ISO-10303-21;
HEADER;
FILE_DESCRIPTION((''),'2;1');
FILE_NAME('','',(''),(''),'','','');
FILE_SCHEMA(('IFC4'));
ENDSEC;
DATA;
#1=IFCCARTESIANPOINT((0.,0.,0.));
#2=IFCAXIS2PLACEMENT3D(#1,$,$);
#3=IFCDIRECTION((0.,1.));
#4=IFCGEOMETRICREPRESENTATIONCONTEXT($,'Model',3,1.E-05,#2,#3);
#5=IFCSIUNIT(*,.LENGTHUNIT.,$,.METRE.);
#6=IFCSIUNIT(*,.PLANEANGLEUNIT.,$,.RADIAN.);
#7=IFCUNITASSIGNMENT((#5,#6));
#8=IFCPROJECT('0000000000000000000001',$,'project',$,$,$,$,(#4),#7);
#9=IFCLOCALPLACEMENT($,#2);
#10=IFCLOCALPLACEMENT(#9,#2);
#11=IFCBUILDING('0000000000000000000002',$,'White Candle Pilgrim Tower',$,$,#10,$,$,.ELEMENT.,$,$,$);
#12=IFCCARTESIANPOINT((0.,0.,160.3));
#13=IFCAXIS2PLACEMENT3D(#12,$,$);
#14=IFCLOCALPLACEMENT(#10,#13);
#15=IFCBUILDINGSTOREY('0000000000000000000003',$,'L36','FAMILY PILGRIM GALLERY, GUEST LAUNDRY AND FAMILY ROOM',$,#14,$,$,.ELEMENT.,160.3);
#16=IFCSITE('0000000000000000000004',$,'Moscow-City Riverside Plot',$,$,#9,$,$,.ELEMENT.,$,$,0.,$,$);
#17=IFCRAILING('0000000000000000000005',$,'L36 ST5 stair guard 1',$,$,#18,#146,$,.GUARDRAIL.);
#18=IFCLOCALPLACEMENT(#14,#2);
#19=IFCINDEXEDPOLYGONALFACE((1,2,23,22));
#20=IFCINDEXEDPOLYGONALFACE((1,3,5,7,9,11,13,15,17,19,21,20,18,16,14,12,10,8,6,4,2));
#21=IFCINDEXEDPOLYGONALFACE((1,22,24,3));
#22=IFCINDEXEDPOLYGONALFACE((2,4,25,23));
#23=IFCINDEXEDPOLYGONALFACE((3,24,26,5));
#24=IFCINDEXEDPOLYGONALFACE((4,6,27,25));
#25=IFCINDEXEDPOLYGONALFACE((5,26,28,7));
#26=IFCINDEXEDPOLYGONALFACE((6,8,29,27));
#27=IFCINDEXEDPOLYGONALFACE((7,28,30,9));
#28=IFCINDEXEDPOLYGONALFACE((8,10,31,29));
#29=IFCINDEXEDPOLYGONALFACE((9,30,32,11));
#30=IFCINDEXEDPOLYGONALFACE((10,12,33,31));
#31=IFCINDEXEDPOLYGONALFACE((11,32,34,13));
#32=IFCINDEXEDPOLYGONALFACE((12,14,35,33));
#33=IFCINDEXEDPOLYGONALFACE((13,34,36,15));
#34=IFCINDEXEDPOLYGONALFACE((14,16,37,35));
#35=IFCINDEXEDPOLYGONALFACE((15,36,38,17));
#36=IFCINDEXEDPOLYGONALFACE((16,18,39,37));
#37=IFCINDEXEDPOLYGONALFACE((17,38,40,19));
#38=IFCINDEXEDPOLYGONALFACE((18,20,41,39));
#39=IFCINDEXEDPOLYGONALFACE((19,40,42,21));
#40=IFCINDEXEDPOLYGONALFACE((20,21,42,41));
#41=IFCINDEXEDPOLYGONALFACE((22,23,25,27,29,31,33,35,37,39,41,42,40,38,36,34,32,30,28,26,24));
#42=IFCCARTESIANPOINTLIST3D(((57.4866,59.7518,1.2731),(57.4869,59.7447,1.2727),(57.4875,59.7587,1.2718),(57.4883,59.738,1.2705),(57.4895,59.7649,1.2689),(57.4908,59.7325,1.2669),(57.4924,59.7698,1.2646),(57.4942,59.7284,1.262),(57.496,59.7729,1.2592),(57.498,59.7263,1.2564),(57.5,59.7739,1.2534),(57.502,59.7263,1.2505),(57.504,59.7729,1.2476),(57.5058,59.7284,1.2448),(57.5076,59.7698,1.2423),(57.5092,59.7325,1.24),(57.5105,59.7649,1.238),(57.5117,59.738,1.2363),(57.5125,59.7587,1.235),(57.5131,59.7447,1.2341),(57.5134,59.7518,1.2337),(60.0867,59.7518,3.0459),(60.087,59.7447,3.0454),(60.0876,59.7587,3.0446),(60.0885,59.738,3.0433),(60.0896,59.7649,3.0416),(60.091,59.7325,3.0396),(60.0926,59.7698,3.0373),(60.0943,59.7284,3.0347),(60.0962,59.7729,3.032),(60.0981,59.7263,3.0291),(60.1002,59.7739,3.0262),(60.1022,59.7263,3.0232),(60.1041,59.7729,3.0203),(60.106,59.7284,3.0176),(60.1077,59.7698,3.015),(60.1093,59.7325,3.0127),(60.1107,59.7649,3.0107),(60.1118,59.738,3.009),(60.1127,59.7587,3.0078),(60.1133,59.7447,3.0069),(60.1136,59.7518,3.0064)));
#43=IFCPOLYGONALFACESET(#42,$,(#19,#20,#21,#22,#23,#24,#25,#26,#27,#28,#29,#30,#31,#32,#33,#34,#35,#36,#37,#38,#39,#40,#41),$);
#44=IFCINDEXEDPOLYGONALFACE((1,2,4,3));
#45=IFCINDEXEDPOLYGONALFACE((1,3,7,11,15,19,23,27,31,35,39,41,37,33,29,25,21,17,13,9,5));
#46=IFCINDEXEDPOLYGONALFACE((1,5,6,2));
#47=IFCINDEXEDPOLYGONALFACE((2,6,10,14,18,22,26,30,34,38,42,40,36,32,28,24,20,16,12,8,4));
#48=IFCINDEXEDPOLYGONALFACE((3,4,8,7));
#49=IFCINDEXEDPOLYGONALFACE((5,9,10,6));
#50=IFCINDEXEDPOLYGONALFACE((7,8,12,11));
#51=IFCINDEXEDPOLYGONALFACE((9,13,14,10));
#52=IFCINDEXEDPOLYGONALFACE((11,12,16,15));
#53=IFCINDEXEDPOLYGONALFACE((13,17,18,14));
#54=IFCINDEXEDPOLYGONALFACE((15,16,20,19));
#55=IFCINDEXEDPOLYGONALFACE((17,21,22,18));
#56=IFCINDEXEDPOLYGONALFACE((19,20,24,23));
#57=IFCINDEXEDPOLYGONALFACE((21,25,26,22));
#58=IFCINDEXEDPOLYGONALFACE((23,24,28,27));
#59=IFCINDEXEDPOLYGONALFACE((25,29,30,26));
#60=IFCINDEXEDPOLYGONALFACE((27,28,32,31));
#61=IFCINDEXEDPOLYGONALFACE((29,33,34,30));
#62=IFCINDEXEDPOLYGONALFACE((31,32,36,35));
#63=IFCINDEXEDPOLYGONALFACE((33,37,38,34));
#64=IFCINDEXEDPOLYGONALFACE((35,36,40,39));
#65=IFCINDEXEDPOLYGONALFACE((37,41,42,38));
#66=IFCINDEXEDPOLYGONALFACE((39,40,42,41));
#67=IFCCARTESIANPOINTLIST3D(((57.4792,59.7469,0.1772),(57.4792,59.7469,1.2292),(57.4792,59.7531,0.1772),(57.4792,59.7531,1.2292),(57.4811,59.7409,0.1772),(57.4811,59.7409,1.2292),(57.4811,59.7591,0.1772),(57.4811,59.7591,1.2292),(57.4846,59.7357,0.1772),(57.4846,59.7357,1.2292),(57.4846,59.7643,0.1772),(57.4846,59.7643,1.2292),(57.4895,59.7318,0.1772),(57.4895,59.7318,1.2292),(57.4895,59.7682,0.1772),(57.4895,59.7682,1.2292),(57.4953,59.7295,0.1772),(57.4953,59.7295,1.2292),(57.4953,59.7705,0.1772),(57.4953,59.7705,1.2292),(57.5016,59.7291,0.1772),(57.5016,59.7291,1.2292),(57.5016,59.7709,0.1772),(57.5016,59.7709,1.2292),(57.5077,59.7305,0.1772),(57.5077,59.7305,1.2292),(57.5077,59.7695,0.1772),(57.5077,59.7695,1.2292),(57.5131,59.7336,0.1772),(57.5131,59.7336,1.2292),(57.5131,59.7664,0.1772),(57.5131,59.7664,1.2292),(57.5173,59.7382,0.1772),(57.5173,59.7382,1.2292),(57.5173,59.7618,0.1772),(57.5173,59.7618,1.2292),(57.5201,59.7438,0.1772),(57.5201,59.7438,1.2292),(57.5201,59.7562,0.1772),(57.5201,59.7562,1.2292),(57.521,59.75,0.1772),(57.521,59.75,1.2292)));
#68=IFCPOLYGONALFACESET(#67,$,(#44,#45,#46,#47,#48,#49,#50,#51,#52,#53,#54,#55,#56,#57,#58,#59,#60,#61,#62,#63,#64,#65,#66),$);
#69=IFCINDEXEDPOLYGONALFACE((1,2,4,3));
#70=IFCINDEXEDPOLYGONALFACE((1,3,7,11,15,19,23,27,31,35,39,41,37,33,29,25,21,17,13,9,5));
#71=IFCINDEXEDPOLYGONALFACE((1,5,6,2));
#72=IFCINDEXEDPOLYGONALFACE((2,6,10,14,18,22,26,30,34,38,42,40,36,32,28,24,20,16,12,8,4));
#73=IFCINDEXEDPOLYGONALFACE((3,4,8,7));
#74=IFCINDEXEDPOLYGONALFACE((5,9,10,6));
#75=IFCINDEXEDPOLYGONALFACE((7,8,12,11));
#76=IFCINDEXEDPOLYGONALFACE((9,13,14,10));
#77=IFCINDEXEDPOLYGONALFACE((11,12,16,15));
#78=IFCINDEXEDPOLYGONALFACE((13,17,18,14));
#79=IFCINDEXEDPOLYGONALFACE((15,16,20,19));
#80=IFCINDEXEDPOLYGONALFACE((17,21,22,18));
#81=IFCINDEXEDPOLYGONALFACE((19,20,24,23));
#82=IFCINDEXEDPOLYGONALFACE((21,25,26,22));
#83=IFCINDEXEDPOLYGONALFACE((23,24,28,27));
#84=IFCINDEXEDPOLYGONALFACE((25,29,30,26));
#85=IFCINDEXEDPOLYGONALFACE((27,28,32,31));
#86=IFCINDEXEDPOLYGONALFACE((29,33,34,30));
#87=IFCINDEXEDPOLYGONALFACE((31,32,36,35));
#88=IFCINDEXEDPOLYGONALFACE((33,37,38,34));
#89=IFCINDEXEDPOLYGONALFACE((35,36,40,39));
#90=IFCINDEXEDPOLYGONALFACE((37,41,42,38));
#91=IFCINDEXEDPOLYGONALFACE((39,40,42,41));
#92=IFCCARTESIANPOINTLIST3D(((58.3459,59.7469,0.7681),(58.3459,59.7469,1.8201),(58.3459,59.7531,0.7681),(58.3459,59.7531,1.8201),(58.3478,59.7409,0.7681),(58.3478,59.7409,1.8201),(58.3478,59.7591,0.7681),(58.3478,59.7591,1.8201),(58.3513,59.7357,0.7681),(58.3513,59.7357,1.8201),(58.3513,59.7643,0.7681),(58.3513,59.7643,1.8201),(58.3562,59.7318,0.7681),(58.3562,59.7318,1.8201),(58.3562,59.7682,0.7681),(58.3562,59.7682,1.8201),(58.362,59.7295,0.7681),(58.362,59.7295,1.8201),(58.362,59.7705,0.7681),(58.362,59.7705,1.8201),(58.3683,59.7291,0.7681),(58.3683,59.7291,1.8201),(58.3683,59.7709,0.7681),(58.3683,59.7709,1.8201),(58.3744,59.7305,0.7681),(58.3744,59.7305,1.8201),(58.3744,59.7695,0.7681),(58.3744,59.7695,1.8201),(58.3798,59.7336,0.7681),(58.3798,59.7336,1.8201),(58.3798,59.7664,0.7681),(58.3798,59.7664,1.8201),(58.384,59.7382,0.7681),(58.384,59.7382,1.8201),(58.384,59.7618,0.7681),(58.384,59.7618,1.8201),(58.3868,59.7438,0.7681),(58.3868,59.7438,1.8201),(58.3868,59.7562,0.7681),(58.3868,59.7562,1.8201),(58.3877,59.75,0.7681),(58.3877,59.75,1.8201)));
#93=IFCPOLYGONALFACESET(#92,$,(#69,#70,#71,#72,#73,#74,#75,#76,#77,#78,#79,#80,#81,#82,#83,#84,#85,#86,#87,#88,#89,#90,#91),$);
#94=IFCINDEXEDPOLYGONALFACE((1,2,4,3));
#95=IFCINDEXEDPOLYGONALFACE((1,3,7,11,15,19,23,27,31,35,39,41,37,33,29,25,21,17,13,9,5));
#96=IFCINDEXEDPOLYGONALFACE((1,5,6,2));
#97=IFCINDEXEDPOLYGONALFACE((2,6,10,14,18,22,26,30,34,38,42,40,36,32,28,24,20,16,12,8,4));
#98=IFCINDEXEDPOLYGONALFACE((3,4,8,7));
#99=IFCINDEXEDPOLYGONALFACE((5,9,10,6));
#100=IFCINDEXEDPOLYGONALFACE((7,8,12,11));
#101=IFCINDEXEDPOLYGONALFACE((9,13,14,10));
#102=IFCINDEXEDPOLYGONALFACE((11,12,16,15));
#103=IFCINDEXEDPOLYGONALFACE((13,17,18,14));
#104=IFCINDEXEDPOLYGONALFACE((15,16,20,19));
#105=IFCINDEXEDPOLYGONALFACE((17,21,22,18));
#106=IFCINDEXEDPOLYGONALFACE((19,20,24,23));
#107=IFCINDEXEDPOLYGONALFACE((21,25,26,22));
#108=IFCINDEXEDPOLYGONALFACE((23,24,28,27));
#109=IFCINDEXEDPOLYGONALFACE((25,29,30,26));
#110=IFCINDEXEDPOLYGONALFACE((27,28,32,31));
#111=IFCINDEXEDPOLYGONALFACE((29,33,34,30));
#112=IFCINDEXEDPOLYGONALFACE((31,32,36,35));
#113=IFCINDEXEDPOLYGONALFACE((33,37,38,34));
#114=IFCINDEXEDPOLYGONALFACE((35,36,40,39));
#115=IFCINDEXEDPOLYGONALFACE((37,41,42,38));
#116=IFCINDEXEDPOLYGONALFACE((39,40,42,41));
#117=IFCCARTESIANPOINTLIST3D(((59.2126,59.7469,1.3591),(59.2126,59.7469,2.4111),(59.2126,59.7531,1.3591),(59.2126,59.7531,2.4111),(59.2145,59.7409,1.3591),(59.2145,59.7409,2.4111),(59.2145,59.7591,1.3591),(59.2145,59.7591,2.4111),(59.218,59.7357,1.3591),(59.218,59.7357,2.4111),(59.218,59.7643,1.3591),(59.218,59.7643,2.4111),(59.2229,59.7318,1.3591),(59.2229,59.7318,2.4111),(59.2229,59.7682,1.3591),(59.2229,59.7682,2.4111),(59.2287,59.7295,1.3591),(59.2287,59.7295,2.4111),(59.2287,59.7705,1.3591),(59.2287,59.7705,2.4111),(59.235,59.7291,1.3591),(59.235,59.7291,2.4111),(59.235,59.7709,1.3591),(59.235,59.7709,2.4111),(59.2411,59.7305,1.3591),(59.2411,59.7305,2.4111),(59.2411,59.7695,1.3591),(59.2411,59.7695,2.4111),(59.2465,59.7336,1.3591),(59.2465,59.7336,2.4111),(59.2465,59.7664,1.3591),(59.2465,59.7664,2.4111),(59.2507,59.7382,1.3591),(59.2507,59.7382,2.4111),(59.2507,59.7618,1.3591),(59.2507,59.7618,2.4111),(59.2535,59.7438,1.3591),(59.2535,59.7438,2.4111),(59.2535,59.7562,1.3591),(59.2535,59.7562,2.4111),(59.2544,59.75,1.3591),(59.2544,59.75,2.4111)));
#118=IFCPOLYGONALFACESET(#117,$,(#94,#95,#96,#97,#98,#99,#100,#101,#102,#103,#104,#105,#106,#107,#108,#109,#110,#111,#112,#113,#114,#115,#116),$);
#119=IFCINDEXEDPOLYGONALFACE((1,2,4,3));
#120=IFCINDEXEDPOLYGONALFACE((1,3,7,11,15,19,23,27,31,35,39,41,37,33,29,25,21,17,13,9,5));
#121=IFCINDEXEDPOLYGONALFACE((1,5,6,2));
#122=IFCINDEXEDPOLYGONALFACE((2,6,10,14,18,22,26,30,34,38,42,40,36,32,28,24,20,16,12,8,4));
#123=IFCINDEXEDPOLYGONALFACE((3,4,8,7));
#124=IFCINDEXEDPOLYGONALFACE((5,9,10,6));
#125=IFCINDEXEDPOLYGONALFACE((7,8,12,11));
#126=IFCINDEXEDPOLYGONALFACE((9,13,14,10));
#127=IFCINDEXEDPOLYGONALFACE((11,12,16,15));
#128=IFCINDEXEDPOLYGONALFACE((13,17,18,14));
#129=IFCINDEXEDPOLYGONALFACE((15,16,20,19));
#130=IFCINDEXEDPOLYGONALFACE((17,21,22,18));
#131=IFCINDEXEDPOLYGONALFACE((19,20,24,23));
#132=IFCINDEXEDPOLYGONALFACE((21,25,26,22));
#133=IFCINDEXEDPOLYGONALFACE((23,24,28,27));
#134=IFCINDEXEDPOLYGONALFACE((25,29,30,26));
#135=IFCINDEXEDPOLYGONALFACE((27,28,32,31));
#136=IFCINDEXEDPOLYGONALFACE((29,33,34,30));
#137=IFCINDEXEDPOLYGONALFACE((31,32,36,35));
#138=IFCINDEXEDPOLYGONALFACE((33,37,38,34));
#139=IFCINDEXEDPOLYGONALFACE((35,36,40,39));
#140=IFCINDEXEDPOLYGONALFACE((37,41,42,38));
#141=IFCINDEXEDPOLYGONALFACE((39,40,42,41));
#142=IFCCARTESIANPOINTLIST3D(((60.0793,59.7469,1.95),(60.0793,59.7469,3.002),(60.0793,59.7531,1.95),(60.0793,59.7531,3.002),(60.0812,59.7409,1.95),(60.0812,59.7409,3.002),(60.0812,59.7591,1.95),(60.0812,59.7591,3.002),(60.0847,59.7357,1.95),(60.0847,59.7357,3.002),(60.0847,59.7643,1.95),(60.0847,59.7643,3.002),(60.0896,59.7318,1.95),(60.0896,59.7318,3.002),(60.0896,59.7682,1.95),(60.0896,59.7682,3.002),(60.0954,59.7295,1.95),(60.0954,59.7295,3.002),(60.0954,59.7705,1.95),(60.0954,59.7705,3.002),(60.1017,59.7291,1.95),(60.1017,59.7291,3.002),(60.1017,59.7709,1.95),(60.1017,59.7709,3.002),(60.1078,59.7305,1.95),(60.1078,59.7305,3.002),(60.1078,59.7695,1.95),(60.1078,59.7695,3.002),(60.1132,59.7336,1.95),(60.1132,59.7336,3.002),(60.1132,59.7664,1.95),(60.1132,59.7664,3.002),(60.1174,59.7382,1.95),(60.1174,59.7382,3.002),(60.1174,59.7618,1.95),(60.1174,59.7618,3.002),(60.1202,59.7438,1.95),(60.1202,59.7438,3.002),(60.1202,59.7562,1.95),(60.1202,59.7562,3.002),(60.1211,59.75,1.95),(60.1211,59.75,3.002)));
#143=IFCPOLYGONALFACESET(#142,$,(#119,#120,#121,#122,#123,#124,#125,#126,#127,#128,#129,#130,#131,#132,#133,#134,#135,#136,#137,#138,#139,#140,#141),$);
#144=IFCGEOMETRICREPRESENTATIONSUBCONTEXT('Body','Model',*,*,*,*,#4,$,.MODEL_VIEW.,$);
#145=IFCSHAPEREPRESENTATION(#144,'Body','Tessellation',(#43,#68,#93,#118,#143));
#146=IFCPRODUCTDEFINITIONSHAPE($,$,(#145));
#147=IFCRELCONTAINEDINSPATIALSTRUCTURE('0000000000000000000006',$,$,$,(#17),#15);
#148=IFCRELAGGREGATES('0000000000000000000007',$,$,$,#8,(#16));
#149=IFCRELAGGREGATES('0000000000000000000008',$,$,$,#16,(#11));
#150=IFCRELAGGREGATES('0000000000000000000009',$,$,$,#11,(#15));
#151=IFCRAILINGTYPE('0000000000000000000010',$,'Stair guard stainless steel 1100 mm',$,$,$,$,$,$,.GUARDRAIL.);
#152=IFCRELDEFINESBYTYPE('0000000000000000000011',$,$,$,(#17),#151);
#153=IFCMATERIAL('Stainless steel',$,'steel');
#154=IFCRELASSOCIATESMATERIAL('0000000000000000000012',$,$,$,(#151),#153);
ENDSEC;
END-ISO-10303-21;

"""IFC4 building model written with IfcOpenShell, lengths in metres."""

from ifc_helpers import new_model, si_unit, direction, frame, origin, origin_2d, place, context, subcontext, project, spatial, circle, extrude, material, type_object, element, save


model = new_model("IFC4")

# Units and contexts
model_context = context("Model", 3, precision=1e-05, world=origin(), true_north=direction((0.0, 1.0)))
body_context = subcontext(model_context, "Body", "Model", "MODEL_VIEW")
ifc_project = project(units=[si_unit("LENGTHUNIT", "METRE"), si_unit("PLANEANGLEUNIT", "RADIAN")], contexts=[model_context])

# Site, building, storey
site_placement = place(None, origin())
site = spatial("IfcSite", under=ifc_project, at=site_placement, Name="Moscow-City Riverside Plot", CompositionType="ELEMENT", RefElevation=0.0)
building_placement = place(site_placement, origin())
building = spatial("IfcBuilding", under=site, at=building_placement, Name="White Candle Pilgrim Tower", CompositionType="ELEMENT")
storey_placement = place(building_placement, frame((0.0, 0.0, 160.3)))
storey = spatial("IfcBuildingStorey", under=building, at=storey_placement, Name="L36", Description="FAMILY PILGRIM GALLERY, GUEST LAUNDRY AND FAMILY ROOM", CompositionType="ELEMENT", Elevation=160.3)

# Railing
ifc_material_1 = material(Name="Stainless steel", Category="steel")
railing_type_1 = type_object("IfcRailingType", Name="Stair guard stainless steel 1100 mm", PredefinedType="GUARDRAIL", material=ifc_material_1)
railing_1_placement = place(storey_placement, frame((57.5, 59.75, 0.1772)))
element("IfcRailing", 1, at=railing_1_placement, inside=storey, type_object=railing_type_1, Name="L36 ST5 stair guard 1", PredefinedType="GUARDRAIL", context=body_context, shape_type="SweptSolid", body=[
    extrude(circle(Radius=0.0239, at=origin_2d()), frame((0.0, 0.0, 1.0762), z_axis=(0.82624, 0.0, 0.563318), x_axis=(0.0, 1.0, 0.0)), (0.0, 0.0, 1.0), 3.147),
    extrude(circle(Radius=0.021, at=origin_2d()), origin(), (0.0, 0.0, 1.0), 1.052),
    extrude(circle(Radius=0.021, at=origin_2d()), frame((0.8667, 0.0, 0.5908)), (0.0, 0.0, 1.0), 1.052),
    extrude(circle(Radius=0.021, at=origin_2d()), frame((1.7334, 0.0, 1.1819)), (0.0, 0.0, 1.0), 1.052),
    extrude(circle(Radius=0.021, at=origin_2d()), frame((2.6001, 0.0, 1.7727)), (0.0, 0.0, 1.0), 1.052),
])

save(model, "model.ifc")
